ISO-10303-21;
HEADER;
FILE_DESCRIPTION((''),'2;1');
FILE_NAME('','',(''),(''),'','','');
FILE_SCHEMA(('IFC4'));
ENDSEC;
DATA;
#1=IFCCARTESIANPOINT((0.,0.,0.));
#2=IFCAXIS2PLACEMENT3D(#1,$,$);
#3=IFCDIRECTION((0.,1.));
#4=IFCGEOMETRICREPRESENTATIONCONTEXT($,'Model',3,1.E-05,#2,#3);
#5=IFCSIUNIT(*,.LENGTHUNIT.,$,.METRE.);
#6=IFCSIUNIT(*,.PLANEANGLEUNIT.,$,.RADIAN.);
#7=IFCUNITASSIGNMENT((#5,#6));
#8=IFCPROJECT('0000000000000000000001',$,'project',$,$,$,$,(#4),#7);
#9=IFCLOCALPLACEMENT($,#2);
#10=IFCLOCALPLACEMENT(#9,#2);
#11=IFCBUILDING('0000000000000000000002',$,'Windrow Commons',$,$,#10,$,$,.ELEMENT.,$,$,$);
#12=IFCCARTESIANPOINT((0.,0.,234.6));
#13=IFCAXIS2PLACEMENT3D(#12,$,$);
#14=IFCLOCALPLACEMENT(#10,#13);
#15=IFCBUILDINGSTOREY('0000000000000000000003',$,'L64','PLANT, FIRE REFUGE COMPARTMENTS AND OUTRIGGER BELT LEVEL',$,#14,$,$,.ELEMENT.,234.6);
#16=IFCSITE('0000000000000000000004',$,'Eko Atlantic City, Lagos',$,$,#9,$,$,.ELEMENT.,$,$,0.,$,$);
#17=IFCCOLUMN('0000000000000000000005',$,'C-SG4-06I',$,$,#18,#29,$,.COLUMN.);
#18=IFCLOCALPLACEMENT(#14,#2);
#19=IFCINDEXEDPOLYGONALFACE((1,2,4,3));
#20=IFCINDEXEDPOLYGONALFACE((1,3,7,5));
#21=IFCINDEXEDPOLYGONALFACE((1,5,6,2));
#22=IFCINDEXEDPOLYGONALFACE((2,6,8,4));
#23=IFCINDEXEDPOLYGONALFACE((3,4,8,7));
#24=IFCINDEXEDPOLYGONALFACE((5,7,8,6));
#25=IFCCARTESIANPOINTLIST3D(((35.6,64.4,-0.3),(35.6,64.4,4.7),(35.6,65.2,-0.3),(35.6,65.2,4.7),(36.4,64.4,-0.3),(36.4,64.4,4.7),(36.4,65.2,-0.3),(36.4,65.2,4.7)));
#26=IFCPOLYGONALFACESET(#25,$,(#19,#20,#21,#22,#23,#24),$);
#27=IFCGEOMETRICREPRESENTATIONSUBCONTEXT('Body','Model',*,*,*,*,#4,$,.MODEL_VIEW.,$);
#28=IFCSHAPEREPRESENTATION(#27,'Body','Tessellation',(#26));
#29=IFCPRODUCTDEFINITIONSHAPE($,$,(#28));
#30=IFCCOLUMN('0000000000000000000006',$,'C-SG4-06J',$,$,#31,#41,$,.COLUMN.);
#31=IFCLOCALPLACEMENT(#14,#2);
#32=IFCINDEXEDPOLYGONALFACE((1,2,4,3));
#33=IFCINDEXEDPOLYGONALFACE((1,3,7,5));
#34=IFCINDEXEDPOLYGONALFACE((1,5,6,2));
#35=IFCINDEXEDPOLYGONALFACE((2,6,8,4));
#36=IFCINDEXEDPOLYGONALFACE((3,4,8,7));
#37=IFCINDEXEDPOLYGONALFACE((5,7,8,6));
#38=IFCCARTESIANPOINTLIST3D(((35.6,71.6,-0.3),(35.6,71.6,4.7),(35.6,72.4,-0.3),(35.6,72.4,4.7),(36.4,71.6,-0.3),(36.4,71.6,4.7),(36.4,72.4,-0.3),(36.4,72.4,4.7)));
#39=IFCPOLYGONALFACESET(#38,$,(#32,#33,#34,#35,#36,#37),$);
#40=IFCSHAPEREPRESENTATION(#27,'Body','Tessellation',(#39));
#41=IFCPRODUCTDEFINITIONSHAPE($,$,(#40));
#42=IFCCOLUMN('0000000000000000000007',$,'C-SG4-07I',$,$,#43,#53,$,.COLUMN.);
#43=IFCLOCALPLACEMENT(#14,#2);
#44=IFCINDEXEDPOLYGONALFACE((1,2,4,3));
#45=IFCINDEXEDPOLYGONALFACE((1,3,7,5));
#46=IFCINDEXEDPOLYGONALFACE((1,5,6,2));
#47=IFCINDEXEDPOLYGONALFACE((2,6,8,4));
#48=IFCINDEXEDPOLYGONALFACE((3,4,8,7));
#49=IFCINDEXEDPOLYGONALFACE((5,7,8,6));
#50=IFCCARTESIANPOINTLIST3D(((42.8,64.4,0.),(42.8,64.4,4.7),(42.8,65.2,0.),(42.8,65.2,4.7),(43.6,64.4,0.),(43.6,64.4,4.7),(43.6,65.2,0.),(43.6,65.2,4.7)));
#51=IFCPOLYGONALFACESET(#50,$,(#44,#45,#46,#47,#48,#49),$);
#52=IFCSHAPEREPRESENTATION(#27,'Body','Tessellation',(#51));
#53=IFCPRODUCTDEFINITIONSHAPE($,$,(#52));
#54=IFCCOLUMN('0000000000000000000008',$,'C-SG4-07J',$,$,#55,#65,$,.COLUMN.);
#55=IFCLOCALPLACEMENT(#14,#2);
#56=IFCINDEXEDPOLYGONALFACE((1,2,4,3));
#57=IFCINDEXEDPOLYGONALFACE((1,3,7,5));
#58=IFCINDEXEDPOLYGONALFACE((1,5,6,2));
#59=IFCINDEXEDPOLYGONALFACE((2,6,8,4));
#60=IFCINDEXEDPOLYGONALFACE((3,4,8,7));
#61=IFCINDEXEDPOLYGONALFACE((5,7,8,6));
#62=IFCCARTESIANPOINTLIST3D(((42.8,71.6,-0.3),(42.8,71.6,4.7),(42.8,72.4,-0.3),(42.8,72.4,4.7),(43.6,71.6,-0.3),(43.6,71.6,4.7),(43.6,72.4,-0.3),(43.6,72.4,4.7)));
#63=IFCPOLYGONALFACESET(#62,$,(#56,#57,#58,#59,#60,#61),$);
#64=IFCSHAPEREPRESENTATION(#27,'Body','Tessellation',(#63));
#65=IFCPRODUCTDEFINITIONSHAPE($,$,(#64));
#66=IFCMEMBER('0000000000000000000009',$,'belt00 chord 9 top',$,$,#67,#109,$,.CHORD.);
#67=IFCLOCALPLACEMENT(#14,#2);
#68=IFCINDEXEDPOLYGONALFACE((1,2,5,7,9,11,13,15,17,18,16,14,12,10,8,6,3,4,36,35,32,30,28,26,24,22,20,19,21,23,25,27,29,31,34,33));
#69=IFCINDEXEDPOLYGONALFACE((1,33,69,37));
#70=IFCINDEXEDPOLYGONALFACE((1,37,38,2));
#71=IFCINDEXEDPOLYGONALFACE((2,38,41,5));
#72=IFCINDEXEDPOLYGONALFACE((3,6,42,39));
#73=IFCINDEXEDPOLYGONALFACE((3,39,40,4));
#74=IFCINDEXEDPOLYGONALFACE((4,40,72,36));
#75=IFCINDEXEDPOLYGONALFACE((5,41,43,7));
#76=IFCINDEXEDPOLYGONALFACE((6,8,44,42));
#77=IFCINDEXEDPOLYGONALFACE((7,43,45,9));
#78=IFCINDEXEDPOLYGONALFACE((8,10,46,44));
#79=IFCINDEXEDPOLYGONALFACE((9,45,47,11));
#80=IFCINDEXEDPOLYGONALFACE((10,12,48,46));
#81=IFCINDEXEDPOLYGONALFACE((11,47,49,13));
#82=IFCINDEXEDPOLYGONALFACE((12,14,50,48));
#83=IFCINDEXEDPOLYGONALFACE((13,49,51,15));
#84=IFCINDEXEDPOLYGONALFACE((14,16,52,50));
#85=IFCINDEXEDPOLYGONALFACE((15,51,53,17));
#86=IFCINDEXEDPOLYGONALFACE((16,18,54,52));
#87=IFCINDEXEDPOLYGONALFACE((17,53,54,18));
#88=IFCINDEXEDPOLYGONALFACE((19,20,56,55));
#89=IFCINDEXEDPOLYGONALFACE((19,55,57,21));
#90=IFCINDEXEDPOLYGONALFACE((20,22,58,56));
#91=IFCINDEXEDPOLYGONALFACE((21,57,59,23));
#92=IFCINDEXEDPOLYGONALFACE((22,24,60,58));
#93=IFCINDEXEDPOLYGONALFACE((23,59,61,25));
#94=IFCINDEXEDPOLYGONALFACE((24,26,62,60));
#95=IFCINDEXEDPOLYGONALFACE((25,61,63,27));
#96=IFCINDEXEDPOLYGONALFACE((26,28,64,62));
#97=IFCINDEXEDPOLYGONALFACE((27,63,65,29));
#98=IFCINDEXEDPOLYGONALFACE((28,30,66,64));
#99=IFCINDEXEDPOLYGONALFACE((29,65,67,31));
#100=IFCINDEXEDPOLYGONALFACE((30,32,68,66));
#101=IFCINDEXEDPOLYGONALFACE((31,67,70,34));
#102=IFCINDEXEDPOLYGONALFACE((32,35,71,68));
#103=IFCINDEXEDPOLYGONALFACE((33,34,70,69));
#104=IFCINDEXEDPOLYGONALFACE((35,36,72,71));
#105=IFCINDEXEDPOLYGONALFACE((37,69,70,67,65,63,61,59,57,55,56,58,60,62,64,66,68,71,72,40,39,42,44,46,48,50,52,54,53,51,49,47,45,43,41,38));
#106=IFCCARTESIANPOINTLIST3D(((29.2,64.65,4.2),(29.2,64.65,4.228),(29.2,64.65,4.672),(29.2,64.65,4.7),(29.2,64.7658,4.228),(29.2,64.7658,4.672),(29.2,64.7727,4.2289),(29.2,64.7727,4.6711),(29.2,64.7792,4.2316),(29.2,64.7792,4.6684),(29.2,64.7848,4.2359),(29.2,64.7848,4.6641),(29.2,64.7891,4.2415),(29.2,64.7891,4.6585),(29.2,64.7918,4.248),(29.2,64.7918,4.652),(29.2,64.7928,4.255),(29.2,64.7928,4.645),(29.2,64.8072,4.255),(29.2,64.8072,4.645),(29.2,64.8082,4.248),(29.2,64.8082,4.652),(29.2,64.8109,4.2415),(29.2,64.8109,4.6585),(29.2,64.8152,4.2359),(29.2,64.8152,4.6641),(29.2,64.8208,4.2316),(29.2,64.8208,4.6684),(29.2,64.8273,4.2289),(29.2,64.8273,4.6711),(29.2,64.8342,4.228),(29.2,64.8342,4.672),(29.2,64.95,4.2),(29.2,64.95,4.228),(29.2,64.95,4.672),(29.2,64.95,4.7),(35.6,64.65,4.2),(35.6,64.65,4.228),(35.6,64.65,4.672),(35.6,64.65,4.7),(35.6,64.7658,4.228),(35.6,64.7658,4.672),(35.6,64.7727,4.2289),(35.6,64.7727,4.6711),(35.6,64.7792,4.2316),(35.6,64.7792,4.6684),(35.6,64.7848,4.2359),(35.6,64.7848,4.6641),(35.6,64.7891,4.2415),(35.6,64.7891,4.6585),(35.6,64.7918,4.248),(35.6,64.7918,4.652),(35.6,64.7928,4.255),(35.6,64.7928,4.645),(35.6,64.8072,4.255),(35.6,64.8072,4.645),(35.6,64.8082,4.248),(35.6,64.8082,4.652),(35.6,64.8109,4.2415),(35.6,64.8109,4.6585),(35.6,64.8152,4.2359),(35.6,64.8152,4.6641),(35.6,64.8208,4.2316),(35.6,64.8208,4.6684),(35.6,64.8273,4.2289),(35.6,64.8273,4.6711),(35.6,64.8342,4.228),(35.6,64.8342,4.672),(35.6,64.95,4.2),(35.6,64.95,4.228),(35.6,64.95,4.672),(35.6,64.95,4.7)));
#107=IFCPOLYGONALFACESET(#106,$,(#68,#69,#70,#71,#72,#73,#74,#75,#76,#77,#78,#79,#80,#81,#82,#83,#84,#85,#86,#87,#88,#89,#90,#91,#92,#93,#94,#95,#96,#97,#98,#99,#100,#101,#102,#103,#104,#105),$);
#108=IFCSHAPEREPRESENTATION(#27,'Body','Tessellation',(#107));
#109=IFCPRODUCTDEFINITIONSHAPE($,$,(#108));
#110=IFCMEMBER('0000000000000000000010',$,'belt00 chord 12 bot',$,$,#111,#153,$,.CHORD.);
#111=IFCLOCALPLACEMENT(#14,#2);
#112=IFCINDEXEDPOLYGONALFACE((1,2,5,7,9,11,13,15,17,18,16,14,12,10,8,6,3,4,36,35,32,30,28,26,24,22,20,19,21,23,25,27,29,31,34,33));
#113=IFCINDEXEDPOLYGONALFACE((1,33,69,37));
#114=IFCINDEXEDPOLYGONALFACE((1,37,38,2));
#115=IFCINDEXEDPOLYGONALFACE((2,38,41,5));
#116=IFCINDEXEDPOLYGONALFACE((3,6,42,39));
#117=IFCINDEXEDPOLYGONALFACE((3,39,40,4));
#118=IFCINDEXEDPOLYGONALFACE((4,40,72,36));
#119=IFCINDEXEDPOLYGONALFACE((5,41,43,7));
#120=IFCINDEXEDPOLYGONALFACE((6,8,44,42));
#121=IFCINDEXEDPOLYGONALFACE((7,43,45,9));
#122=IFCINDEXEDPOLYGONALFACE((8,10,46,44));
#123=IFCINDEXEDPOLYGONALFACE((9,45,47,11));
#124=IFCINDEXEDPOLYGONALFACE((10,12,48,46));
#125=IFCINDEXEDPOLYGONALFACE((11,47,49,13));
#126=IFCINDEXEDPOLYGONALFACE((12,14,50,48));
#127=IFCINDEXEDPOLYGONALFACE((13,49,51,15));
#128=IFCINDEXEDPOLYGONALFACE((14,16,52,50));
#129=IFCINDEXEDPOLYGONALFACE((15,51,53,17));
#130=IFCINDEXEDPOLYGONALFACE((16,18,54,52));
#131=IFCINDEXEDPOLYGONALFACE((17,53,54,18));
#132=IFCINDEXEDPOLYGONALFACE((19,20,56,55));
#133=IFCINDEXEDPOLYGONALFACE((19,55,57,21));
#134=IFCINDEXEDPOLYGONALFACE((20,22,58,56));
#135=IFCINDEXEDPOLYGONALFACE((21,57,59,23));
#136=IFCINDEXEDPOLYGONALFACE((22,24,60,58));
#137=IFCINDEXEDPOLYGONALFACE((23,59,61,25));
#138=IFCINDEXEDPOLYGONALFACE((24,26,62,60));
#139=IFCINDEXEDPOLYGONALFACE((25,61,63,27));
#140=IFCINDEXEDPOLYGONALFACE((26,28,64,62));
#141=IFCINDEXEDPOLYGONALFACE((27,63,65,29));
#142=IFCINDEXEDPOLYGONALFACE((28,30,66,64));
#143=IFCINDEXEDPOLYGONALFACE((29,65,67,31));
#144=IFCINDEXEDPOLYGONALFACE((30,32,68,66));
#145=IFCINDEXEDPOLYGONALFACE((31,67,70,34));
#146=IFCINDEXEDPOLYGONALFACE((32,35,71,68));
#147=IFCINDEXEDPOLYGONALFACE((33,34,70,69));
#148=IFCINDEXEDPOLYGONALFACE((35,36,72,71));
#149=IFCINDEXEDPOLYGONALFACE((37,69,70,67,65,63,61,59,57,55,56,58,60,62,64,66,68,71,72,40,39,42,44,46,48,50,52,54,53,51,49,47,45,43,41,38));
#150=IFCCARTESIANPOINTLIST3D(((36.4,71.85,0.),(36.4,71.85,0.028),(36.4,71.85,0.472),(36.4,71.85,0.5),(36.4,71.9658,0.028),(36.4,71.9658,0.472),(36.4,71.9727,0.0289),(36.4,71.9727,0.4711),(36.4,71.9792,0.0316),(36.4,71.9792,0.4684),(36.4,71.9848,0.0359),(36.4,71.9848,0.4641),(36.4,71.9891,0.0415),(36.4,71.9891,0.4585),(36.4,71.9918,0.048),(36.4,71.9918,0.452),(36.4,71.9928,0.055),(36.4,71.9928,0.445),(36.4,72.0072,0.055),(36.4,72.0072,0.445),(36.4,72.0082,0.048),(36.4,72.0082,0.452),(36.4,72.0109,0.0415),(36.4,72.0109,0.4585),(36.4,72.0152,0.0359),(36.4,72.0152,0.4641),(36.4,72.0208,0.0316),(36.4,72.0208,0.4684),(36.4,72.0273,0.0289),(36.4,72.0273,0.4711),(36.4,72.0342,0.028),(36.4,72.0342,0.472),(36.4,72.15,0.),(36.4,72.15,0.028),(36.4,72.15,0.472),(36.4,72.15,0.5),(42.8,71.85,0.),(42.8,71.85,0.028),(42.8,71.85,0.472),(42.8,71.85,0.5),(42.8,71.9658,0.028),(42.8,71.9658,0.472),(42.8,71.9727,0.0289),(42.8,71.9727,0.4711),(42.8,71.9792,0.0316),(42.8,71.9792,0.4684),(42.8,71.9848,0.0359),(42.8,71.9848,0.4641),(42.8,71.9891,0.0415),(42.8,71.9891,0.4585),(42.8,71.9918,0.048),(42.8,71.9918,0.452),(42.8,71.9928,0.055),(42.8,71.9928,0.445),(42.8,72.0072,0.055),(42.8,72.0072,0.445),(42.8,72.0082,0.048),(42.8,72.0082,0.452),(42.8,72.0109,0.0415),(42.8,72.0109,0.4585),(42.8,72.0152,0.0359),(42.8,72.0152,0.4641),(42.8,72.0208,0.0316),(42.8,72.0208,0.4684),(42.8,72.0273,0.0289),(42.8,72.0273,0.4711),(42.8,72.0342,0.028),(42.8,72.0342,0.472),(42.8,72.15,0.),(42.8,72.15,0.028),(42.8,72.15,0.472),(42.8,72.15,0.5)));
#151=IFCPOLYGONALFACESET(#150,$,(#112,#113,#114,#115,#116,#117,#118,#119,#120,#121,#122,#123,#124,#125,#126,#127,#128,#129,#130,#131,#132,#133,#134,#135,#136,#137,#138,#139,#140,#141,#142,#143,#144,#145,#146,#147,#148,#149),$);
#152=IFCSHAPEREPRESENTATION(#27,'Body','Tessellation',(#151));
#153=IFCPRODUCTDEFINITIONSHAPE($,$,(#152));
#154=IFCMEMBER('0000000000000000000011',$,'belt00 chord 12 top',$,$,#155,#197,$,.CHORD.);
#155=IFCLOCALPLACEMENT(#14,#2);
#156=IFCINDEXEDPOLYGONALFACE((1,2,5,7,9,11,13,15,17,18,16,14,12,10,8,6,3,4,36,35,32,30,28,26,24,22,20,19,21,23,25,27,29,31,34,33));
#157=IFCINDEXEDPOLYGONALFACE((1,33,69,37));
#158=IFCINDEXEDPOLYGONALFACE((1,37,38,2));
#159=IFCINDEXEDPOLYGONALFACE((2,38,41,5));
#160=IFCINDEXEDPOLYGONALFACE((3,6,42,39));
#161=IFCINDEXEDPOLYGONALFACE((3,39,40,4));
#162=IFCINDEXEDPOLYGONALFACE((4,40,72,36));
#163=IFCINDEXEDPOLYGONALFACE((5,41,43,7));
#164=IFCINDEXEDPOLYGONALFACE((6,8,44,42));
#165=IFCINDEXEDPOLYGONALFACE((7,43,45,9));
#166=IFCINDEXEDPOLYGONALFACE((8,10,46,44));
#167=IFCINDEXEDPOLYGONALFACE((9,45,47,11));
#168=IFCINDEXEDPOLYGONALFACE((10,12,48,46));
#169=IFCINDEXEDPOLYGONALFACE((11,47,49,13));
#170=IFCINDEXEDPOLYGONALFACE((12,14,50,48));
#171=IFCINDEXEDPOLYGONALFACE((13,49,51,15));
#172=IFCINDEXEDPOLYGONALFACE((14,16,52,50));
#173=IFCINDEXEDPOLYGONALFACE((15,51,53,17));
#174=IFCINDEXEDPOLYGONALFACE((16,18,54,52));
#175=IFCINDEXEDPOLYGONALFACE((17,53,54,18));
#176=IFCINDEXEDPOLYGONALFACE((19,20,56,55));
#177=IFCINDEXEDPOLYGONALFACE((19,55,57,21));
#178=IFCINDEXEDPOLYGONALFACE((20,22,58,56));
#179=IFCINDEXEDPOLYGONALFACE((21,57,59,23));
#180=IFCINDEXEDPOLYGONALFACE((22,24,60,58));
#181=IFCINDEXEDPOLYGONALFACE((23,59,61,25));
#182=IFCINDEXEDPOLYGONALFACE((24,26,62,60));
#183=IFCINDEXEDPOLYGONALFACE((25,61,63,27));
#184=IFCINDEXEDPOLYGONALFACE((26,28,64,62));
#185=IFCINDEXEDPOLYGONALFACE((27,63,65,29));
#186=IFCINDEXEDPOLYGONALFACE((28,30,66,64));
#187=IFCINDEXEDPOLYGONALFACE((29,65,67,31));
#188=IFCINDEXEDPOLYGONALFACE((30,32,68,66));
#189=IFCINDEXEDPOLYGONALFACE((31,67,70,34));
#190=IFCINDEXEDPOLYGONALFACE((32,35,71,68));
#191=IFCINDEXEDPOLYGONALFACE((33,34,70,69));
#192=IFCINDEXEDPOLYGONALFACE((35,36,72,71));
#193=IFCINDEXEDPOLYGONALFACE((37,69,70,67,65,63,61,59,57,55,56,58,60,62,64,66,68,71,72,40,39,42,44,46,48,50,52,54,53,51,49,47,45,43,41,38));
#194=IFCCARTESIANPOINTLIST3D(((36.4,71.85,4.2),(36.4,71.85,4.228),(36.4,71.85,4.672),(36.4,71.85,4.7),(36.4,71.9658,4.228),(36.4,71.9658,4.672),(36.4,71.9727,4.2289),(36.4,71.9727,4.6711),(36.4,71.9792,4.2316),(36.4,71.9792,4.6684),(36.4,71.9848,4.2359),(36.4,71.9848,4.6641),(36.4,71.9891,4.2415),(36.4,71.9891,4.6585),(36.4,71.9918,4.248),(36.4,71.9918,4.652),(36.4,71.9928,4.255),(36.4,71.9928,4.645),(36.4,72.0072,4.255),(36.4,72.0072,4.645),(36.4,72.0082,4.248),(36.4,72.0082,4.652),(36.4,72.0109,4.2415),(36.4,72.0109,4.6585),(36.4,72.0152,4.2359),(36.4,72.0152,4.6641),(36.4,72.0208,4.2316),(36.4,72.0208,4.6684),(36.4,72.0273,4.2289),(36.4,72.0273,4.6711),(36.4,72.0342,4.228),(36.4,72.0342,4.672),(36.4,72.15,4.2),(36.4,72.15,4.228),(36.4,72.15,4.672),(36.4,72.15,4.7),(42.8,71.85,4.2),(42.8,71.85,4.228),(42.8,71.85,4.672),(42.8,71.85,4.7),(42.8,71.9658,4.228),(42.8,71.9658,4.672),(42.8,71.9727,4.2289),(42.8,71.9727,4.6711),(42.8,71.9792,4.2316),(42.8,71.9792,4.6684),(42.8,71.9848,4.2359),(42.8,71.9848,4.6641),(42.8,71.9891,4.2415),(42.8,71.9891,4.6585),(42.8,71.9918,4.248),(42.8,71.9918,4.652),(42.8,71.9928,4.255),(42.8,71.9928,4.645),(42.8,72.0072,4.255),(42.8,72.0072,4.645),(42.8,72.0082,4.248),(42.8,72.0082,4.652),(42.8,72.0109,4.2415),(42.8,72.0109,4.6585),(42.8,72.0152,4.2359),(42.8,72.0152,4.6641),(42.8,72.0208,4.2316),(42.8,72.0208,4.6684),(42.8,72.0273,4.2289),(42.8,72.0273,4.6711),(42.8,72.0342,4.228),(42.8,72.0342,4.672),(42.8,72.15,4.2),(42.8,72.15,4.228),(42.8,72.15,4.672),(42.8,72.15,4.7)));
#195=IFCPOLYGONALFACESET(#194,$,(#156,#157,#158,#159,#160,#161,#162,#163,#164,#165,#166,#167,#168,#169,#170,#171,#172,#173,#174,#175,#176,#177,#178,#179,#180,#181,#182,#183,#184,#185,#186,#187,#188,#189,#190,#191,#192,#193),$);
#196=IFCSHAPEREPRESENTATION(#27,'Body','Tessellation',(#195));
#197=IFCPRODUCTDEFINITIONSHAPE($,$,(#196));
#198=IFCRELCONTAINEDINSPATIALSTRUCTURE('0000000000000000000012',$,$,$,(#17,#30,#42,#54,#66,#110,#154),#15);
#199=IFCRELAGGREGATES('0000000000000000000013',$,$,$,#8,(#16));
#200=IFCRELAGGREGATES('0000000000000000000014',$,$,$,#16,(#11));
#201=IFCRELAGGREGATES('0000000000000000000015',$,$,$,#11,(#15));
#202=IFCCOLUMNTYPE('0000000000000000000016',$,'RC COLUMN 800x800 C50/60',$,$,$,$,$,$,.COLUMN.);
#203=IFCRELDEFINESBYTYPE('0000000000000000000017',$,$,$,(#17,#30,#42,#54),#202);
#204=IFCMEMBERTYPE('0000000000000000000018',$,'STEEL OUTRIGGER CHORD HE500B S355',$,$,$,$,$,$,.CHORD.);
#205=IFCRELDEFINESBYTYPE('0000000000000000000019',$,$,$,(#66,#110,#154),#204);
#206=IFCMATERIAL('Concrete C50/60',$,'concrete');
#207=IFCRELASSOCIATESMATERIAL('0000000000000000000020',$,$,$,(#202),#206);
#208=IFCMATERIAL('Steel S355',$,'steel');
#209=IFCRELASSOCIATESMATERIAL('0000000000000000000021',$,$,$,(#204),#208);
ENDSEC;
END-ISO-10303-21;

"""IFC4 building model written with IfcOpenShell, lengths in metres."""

from ifc_helpers import new_model, si_unit, direction, frame, origin, origin_2d, place, context, subcontext, project, spatial, rectangle, i_section, extrude, material, material_profile, profile_set, type_object, element, save


model = new_model("IFC4")

# Units and contexts
model_context = context("Model", 3, precision=1e-05, world=origin(), true_north=direction((0.0, 1.0)))
body_context = subcontext(model_context, "Body", "Model", "MODEL_VIEW")
ifc_project = project(units=[si_unit("LENGTHUNIT", "METRE"), si_unit("PLANEANGLEUNIT", "RADIAN")], contexts=[model_context])

# Site, building, storey
site_placement = place(None, origin())
site = spatial("IfcSite", under=ifc_project, at=site_placement, Name="Eko Atlantic City, Lagos", CompositionType="ELEMENT", RefElevation=0.0)
building_placement = place(site_placement, origin())
building = spatial("IfcBuilding", under=site, at=building_placement, Name="Windrow Commons", CompositionType="ELEMENT")
storey_placement = place(building_placement, frame((0.0, 0.0, 234.6)))
storey = spatial("IfcBuildingStorey", under=building, at=storey_placement, Name="L64", Description="PLANT, FIRE REFUGE COMPARTMENTS AND OUTRIGGER BELT LEVEL", CompositionType="ELEMENT", Elevation=234.6)

# Columns
ifc_material_1 = material(Name="Concrete C50/60", Category="concrete")
ifc_material_profile_1 = material_profile(ifc_material_1, rectangle(XDim=0.8, YDim=0.8, at=origin_2d()))
ifc_profile_set_1 = profile_set([ifc_material_profile_1], Name="Concrete C50/60")
column_type = type_object("IfcColumnType", Name="RC COLUMN 800x800 C50/60", PredefinedType="COLUMN", material=ifc_profile_set_1)
for number, where, z_axis, x_axis, name in (
    (1, (36.0, 64.8, -0.3), (0.0, 0.0, 1.0), (1.0, 0.0, 0.0), "C-SG4-06I"),
    (2, (36.0, 72.0, -0.3), (0.0, 0.0, 1.0), (1.0, 0.0, 0.0), "C-SG4-06J"),
):
    element("IfcColumn", number, at=place(storey_placement, frame(where, z_axis=z_axis, x_axis=x_axis)), inside=storey, type_object=column_type, Name=name, PredefinedType="COLUMN", context=body_context, shape_type="SweptSolid", body=[
        extrude(rectangle(XDim=0.8, YDim=0.8, at=origin_2d()), origin(), (0.0, 0.0, 1.0), 5.0),
    ])
column_1_placement = place(storey_placement, frame((43.2, 64.8, 0.0), z_axis=(0.0, 0.0, 1.0), x_axis=(1.0, 0.0, 0.0)))
element("IfcColumn", 3, at=column_1_placement, inside=storey, type_object=column_type, Name="C-SG4-07I", PredefinedType="COLUMN", context=body_context, shape_type="SweptSolid", body=[
    extrude(rectangle(XDim=0.8, YDim=0.8, at=origin_2d()), origin(), (0.0, 0.0, 1.0), 4.7),
])
column_2_placement = place(storey_placement, frame((43.2, 72.0, -0.3), z_axis=(0.0, 0.0, 1.0), x_axis=(1.0, 0.0, 0.0)))
element("IfcColumn", 4, at=column_2_placement, inside=storey, type_object=column_type, Name="C-SG4-07J", PredefinedType="COLUMN", context=body_context, shape_type="SweptSolid", body=[
    extrude(rectangle(XDim=0.8, YDim=0.8, at=origin_2d()), origin(), (0.0, 0.0, 1.0), 5.0),
])

# Members
ifc_material_2 = material(Name="Steel S355", Category="steel")
ifc_material_profile_2 = material_profile(ifc_material_2, i_section(OverallWidth=0.3, OverallDepth=0.5, WebThickness=0.0145, FlangeThickness=0.028, FilletRadius=0.027, at=origin_2d()))
ifc_profile_set_2 = profile_set([ifc_material_profile_2], Name="Steel S355")
member_type_1 = type_object("IfcMemberType", Name="STEEL OUTRIGGER CHORD HE500B S355", PredefinedType="CHORD", material=ifc_profile_set_2)
for number, where, z_axis, x_axis, name in (
    (5, (35.6, 64.8, 4.45), (-1.0, 0.0, 0.0), (0.0, -1.0, 0.0), "belt00 chord 9 top"),
    (6, (36.4, 72.0, 0.25), (1.0, 0.0, 0.0), (0.0, 1.0, 0.0), "belt00 chord 12 bot"),
    (7, (36.4, 72.0, 4.45), (1.0, 0.0, 0.0), (0.0, 1.0, 0.0), "belt00 chord 12 top"),
):
    element("IfcMember", number, at=place(storey_placement, frame(where, z_axis=z_axis, x_axis=x_axis)), inside=storey, type_object=member_type_1, Name=name, PredefinedType="CHORD", context=body_context, shape_type="SweptSolid", body=[
        extrude(i_section(OverallWidth=0.3, OverallDepth=0.5, WebThickness=0.0145, FlangeThickness=0.028, FilletRadius=0.027, at=origin_2d()), origin(), (0.0, 0.0, 1.0), 6.4),
    ])

save(model, "model.ifc")
